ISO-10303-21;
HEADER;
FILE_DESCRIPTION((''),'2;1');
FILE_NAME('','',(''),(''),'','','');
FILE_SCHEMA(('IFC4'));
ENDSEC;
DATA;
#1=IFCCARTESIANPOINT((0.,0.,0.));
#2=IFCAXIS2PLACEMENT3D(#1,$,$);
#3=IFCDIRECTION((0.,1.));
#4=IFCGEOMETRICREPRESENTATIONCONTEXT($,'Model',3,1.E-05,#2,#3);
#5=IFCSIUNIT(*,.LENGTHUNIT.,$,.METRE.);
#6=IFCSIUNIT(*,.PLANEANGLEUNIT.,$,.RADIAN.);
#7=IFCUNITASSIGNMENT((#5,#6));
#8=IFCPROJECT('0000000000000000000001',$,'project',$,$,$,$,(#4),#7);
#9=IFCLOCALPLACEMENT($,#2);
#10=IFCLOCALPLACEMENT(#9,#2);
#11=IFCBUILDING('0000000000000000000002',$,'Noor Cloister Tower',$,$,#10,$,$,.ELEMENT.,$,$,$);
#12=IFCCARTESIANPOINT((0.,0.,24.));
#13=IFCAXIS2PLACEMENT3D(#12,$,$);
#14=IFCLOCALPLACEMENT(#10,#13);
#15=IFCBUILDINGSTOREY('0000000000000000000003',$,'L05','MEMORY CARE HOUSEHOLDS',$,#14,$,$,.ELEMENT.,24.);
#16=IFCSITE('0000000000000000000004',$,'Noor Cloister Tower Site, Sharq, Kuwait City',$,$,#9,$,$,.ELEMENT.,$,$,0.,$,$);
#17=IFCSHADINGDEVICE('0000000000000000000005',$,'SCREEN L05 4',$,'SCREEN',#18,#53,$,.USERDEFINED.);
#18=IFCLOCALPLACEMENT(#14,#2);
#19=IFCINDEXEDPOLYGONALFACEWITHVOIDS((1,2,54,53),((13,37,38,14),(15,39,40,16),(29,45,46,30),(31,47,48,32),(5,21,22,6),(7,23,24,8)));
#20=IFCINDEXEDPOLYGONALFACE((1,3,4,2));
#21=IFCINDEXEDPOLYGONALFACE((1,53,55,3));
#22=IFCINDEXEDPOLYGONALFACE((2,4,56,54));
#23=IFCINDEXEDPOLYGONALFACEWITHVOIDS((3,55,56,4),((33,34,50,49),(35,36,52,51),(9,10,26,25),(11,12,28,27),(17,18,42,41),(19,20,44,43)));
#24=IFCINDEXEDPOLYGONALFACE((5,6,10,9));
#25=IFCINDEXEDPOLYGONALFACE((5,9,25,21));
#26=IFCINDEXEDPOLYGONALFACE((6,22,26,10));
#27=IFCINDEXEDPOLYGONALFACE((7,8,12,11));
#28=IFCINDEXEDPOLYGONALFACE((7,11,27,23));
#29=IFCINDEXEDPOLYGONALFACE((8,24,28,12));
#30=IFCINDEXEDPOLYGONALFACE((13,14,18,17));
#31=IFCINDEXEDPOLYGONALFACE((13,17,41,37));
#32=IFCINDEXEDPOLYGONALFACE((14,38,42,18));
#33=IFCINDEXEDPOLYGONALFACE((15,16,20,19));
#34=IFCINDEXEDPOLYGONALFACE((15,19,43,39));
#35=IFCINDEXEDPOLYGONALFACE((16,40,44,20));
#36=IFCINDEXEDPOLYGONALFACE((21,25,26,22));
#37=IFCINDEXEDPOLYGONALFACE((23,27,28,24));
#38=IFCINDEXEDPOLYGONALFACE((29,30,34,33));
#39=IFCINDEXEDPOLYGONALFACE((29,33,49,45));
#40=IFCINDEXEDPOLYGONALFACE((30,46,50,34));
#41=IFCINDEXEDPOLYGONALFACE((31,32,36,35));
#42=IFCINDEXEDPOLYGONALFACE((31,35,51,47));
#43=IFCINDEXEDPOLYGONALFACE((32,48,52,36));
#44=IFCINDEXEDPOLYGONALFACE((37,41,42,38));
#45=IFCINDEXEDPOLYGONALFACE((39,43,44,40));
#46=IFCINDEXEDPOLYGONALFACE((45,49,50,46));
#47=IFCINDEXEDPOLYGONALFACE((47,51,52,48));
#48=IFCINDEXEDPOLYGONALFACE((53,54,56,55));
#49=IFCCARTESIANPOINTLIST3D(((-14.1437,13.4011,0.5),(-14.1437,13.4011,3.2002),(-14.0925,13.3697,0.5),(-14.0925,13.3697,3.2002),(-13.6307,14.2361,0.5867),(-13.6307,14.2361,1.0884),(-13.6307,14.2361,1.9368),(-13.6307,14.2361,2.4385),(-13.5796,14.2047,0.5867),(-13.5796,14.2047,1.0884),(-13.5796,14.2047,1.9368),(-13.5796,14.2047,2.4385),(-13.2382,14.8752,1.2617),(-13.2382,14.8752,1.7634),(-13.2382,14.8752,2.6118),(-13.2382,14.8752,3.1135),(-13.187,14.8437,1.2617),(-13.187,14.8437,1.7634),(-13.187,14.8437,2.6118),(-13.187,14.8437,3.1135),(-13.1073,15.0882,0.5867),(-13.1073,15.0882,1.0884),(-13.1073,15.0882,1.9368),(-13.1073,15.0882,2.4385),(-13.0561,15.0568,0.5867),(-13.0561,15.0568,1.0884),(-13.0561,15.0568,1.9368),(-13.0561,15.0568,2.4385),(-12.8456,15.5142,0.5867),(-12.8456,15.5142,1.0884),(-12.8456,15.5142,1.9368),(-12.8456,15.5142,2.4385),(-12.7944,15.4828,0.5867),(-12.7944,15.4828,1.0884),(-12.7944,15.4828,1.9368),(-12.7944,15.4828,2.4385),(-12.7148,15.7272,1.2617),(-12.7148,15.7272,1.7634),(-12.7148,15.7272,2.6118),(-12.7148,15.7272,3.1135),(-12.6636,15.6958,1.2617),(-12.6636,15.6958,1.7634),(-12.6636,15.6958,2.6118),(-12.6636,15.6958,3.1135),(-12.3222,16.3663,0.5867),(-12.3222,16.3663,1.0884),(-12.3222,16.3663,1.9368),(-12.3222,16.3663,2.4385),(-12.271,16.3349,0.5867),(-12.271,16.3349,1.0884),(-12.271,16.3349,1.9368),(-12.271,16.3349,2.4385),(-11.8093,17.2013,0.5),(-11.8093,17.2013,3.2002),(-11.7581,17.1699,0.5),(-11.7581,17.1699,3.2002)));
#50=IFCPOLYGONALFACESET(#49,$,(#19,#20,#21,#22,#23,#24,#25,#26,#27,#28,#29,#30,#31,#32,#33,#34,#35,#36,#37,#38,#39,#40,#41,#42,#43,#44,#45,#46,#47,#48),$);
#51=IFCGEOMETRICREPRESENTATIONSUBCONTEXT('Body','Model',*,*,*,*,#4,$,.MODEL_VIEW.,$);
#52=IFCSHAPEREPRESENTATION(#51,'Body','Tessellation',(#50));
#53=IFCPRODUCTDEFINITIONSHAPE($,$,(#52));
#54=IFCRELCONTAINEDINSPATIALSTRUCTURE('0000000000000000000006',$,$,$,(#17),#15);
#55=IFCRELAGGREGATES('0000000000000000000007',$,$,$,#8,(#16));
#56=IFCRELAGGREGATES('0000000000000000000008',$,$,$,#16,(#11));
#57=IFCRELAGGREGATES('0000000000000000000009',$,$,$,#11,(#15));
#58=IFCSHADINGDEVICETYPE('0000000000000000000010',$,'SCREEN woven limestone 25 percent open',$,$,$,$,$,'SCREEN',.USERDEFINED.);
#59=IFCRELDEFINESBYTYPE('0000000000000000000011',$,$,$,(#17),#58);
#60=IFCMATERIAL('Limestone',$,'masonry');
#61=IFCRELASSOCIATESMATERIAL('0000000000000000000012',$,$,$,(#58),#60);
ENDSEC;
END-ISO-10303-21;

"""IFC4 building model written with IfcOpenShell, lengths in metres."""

from ifc_helpers import new_model, si_unit, direction, frame, origin, place, context, subcontext, project, spatial, polyline, outline, extrude, material, material_profile, profile_set, type_object, element, save


model = new_model("IFC4")

# Units and contexts
model_context = context("Model", 3, precision=1e-05, world=origin(), true_north=direction((0.0, 1.0)))
body_context = subcontext(model_context, "Body", "Model", "MODEL_VIEW")
ifc_project = project(units=[si_unit("LENGTHUNIT", "METRE"), si_unit("PLANEANGLEUNIT", "RADIAN")], contexts=[model_context])

# Site, building, storey
site_placement = place(None, origin())
site = spatial("IfcSite", under=ifc_project, at=site_placement, Name="Noor Cloister Tower Site, Sharq, Kuwait City", CompositionType="ELEMENT", RefElevation=0.0)
building_placement = place(site_placement, origin())
building = spatial("IfcBuilding", under=site, at=building_placement, Name="Noor Cloister Tower", CompositionType="ELEMENT")
storey_placement = place(building_placement, frame((0.0, 0.0, 24.0)))
storey = spatial("IfcBuildingStorey", under=building, at=storey_placement, Name="L05", Description="MEMORY CARE HOUSEHOLDS", CompositionType="ELEMENT", Elevation=24.0)

# Shading device
ifc_material_1 = material(Name="Limestone", Category="masonry")
ifc_material_profile_1 = material_profile(ifc_material_1, outline(polyline([(-2.23, -1.3501), (2.23, -1.3501), (2.23, 1.3501), (-2.23, 1.3501), (-2.23, -1.3501)]), holes=[polyline([(-1.25, -1.2634), (-0.25, -1.2634), (-0.25, -0.7617), (-1.25, -0.7617), (-1.25, -1.2634)]), polyline([(0.25, -1.2634), (1.25, -1.2634), (1.25, -0.7617), (0.25, -0.7617), (0.25, -1.2634)]), polyline([(-0.5, -0.5884), (0.5, -0.5884), (0.5, -0.0867), (-0.5, -0.0867), (-0.5, -0.5884)]), polyline([(-1.25, 0.0867), (-0.25, 0.0867), (-0.25, 0.5884), (-1.25, 0.5884), (-1.25, 0.0867)]), polyline([(0.25, 0.0867), (1.25, 0.0867), (1.25, 0.5884), (0.25, 0.5884), (0.25, 0.0867)]), polyline([(-0.5, 0.7617), (0.5, 0.7617), (0.5, 1.2634), (-0.5, 1.2634), (-0.5, 0.7617)])]), Name="Woven screen 25 percent open")
ifc_profile_set_1 = profile_set([ifc_material_profile_1], Name="Limestone")
shading_device_type = type_object("IfcShadingDeviceType", Name="SCREEN woven limestone 25 percent open", ElementType="SCREEN", PredefinedType="USERDEFINED", material=ifc_profile_set_1)
for number, where, z_axis, x_axis, name in (
    (1, (-12.9253, 15.2698, 1.8501), (-0.852076, 0.523418, 0.0), (-0.523418, -0.852076, 0.0), "SCREEN L05 4"),
):
    element("IfcShadingDevice", number, at=place(storey_placement, frame(where, z_axis=z_axis, x_axis=x_axis)), inside=storey, type_object=shading_device_type, Name=name, ObjectType="SCREEN", PredefinedType="USERDEFINED", context=body_context, shape_type="SweptSolid", body=[
        extrude(outline(polyline([(-2.23, -1.3501), (2.23, -1.3501), (2.23, 1.3501), (-2.23, 1.3501), (-2.23, -1.3501)]), holes=[polyline([(-1.25, -1.2634), (-0.25, -1.2634), (-0.25, -0.7617), (-1.25, -0.7617), (-1.25, -1.2634)]), polyline([(0.25, -1.2634), (1.25, -1.2634), (1.25, -0.7617), (0.25, -0.7617), (0.25, -1.2634)]), polyline([(-0.5, -0.5884), (0.5, -0.5884), (0.5, -0.0867), (-0.5, -0.0867), (-0.5, -0.5884)]), polyline([(-1.25, 0.0867), (-0.25, 0.0867), (-0.25, 0.5884), (-1.25, 0.5884), (-1.25, 0.0867)]), polyline([(0.25, 0.0867), (1.25, 0.0867), (1.25, 0.5884), (0.25, 0.5884), (0.25, 0.0867)]), polyline([(-0.5, 0.7617), (0.5, 0.7617), (0.5, 1.2634), (-0.5, 1.2634), (-0.5, 0.7617)])]), origin(), (0.0, 0.0, 1.0), 0.0601),
    ])

save(model, "model.ifc")
